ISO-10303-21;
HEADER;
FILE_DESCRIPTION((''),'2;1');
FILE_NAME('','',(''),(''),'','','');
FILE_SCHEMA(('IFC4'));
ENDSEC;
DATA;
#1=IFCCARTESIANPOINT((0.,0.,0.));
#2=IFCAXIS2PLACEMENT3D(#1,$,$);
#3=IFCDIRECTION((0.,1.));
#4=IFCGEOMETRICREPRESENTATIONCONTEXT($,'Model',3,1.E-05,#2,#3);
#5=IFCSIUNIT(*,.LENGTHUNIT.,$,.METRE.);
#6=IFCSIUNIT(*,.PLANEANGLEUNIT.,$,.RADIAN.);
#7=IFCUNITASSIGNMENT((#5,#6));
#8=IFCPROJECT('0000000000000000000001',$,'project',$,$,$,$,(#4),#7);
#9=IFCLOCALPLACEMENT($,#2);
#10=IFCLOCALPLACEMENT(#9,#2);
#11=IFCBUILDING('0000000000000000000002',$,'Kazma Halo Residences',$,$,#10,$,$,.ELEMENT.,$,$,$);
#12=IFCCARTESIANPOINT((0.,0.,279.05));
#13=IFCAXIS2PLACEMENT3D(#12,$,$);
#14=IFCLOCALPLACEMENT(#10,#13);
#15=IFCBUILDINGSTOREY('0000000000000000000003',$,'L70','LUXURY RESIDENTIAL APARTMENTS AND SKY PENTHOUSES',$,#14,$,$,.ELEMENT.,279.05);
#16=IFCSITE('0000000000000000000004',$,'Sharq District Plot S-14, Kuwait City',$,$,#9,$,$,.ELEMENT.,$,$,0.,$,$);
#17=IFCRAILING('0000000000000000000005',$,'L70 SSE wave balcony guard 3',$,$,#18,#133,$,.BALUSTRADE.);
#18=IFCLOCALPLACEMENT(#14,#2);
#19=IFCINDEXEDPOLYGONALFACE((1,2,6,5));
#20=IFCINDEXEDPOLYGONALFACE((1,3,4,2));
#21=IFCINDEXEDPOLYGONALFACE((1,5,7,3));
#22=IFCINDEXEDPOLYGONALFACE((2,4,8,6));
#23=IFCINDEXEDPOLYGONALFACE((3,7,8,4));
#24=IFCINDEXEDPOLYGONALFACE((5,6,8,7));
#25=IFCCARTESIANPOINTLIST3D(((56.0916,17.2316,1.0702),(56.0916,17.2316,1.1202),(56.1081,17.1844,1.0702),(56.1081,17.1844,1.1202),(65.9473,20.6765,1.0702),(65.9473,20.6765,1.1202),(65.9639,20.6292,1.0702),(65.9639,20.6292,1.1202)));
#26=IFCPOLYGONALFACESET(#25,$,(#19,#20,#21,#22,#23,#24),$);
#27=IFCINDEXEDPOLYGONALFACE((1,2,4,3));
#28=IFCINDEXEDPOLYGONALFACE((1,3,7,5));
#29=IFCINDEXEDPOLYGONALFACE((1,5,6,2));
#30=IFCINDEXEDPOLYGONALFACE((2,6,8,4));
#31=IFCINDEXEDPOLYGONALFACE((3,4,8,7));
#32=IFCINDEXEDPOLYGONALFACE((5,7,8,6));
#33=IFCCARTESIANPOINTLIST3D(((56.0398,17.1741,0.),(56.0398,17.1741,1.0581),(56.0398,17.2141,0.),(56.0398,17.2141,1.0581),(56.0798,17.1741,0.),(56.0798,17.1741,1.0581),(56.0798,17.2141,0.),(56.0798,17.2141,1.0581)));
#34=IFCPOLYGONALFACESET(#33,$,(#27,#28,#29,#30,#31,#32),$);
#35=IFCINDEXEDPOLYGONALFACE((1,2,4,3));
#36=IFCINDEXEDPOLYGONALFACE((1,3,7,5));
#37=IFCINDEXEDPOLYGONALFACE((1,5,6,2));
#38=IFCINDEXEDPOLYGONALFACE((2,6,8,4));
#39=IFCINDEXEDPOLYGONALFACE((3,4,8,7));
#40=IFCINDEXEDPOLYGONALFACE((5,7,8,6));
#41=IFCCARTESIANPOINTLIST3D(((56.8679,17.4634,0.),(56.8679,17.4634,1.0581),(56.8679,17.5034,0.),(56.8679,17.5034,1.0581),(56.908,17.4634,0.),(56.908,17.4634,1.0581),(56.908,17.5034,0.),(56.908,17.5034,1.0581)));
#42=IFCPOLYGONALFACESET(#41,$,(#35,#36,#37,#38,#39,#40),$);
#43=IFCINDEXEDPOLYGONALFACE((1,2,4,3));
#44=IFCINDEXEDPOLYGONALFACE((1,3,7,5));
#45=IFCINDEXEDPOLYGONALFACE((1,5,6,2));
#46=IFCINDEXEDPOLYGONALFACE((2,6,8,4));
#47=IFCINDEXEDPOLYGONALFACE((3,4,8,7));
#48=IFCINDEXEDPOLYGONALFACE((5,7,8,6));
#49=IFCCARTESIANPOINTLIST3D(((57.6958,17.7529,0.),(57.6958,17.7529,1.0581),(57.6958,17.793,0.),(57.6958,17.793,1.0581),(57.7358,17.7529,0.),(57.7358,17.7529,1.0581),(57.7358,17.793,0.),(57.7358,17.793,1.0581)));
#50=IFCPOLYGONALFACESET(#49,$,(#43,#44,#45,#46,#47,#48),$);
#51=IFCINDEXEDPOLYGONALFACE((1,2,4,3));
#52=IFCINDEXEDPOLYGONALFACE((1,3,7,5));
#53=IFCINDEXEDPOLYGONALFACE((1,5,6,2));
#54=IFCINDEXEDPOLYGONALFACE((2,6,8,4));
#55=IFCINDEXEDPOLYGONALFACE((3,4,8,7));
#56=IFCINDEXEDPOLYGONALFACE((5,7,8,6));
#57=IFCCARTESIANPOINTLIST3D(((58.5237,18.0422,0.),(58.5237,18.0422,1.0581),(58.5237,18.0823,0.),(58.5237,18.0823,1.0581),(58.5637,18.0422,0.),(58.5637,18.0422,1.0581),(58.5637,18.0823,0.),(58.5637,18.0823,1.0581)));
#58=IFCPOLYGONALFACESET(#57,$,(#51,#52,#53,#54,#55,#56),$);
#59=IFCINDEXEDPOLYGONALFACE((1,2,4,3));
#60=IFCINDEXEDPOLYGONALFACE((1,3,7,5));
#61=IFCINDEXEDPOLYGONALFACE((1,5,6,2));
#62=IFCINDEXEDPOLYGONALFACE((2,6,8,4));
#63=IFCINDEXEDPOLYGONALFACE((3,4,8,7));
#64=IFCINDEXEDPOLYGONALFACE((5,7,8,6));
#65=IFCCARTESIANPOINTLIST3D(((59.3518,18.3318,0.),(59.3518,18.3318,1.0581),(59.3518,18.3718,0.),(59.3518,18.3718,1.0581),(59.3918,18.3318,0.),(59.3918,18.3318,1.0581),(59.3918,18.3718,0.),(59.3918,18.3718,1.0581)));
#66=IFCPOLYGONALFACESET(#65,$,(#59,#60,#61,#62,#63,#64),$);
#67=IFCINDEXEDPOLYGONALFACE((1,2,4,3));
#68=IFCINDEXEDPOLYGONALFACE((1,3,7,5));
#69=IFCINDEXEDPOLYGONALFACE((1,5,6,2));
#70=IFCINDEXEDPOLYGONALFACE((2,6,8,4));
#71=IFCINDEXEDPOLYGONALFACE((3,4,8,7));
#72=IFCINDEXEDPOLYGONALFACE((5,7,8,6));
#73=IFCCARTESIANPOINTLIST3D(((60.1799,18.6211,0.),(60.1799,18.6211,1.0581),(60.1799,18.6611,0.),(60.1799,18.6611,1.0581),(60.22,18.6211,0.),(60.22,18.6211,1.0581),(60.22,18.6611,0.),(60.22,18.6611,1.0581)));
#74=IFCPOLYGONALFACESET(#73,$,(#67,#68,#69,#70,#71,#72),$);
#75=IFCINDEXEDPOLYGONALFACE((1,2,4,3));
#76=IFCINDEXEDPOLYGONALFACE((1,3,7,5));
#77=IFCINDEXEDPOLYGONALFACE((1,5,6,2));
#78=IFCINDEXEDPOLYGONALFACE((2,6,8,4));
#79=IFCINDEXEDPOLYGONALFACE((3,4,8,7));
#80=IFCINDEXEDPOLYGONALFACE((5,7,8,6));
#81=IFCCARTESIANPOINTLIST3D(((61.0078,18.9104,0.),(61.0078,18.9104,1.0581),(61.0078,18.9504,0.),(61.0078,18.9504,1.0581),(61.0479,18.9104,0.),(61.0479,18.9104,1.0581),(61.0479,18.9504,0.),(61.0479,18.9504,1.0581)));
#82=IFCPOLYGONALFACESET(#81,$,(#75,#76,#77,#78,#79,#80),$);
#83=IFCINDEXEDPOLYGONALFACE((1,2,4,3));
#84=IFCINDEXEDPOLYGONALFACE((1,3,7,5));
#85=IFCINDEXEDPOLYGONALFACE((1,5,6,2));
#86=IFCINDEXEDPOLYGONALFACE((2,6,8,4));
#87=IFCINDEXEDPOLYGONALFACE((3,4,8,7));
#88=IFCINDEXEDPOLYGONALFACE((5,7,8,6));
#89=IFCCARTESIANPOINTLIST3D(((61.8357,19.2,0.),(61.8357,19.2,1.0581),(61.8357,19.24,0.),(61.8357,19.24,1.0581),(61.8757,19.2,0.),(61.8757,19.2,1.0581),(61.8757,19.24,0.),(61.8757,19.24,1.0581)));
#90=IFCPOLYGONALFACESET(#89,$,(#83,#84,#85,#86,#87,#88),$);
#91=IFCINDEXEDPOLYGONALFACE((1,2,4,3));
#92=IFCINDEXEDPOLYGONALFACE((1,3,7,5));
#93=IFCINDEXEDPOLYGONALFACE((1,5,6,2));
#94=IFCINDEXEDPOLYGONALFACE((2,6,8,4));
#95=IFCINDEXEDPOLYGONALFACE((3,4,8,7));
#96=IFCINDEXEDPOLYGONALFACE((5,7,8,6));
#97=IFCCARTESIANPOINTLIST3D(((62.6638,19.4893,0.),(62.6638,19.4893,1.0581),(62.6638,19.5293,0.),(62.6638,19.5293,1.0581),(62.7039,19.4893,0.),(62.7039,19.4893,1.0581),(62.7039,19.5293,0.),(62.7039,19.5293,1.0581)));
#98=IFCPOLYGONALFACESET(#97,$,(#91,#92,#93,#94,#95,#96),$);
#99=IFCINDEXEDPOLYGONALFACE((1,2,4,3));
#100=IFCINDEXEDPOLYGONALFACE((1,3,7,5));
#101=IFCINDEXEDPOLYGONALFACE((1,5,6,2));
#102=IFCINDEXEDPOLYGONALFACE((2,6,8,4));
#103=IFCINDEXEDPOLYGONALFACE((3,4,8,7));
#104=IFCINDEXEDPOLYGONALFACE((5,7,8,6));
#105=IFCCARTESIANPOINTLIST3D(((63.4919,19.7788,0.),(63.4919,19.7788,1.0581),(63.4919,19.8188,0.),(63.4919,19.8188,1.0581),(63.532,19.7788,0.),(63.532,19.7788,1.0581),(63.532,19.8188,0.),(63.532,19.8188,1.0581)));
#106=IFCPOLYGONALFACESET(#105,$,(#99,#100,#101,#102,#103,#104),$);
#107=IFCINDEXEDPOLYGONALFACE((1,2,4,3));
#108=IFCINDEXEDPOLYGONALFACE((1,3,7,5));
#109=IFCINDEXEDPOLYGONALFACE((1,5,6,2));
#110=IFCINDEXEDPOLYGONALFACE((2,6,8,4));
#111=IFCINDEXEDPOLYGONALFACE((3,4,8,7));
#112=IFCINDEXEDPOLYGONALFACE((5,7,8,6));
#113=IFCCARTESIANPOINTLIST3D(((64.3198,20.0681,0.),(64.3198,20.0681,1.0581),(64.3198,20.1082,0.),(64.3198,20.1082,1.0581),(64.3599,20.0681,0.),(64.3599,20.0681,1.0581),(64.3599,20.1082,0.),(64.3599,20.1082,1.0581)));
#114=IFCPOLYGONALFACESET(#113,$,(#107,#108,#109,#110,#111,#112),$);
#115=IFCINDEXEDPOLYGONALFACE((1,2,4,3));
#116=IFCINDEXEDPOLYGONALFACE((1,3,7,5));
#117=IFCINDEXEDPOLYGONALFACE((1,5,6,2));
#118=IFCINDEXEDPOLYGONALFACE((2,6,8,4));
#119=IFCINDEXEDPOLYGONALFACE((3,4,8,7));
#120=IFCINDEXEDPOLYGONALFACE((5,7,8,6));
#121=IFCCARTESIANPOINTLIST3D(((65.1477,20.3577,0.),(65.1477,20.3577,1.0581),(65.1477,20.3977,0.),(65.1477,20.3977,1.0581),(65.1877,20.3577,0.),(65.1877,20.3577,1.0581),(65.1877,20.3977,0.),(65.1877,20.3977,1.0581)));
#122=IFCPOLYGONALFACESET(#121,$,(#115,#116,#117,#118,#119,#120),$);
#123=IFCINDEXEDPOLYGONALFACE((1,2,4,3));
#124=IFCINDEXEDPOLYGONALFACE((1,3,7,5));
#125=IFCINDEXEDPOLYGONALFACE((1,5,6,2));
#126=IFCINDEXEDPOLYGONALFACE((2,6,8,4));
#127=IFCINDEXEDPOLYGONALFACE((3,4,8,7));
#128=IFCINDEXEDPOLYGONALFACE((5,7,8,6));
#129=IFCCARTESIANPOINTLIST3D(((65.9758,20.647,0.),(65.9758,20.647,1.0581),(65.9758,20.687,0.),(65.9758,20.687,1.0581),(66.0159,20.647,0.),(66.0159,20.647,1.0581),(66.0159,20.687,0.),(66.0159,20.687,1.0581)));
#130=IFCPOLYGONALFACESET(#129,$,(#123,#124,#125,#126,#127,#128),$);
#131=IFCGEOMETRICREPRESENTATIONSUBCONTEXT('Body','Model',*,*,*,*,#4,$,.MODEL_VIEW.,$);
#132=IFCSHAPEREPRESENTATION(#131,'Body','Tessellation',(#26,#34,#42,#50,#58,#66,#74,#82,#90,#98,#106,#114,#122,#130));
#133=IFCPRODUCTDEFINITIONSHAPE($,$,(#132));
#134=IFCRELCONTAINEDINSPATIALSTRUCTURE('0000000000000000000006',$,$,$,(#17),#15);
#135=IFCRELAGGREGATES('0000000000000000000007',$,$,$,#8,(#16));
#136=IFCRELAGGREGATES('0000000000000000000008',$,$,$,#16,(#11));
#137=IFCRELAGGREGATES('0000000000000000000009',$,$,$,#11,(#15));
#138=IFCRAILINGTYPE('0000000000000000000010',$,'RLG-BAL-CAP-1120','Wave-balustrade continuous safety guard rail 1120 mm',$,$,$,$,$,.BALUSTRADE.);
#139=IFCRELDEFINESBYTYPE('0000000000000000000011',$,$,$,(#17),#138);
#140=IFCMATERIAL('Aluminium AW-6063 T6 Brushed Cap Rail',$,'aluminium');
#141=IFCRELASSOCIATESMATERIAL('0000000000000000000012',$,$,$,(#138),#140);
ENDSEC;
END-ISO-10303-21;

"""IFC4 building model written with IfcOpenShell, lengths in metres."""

from ifc_helpers import new_model, si_unit, direction, frame, origin, origin_2d, place, context, subcontext, project, spatial, rectangle, extrude, material, type_object, element, save


model = new_model("IFC4")

# Units and contexts
model_context = context("Model", 3, precision=1e-05, world=origin(), true_north=direction((0.0, 1.0)))
body_context = subcontext(model_context, "Body", "Model", "MODEL_VIEW")
ifc_project = project(units=[si_unit("LENGTHUNIT", "METRE"), si_unit("PLANEANGLEUNIT", "RADIAN")], contexts=[model_context])

# Site, building, storey
site_placement = place(None, origin())
site = spatial("IfcSite", under=ifc_project, at=site_placement, Name="Sharq District Plot S-14, Kuwait City", CompositionType="ELEMENT", RefElevation=0.0)
building_placement = place(site_placement, origin())
building = spatial("IfcBuilding", under=site, at=building_placement, Name="Kazma Halo Residences", CompositionType="ELEMENT")
storey_placement = place(building_placement, frame((0.0, 0.0, 279.05)))
storey = spatial("IfcBuildingStorey", under=building, at=storey_placement, Name="L70", Description="LUXURY RESIDENTIAL APARTMENTS AND SKY PENTHOUSES", CompositionType="ELEMENT", Elevation=279.05)

# Railing
ifc_material_1 = material(Name="Aluminium AW-6063 T6 Brushed Cap Rail", Category="aluminium")
railing_type = type_object("IfcRailingType", Name="RLG-BAL-CAP-1120", Description="Wave-balustrade continuous safety guard rail 1120 mm", PredefinedType="BALUSTRADE", material=ifc_material_1)
railing_placement = place(storey_placement, frame((56.0598, 17.1941, 0.0)))
element("IfcRailing", 1, at=railing_placement, inside=storey, type_object=railing_type, Name="L70 SSE wave balcony guard 3", PredefinedType="BALUSTRADE", context=body_context, shape_type="SweptSolid", body=[
    extrude(rectangle(XDim=0.05, YDim=0.05, at=origin_2d()), frame((0.04, 0.0139, 1.0952), z_axis=(0.943998, 0.329952, 0.0), x_axis=(-0.329952, 0.943998, 0.0)), (0.0, 0.0, 1.0), 10.4404),
    extrude(rectangle(XDim=0.04, YDim=0.04, at=origin_2d()), origin(), (0.0, 0.0, 1.0), 1.0581),
    extrude(rectangle(XDim=0.04, YDim=0.04, at=origin_2d()), frame((0.8281, 0.2893, 0.0)), (0.0, 0.0, 1.0), 1.0581),
    extrude(rectangle(XDim=0.04, YDim=0.04, at=origin_2d()), frame((1.656, 0.5789, 0.0)), (0.0, 0.0, 1.0), 1.0581),
    extrude(rectangle(XDim=0.04, YDim=0.04, at=origin_2d()), frame((2.4839, 0.8682, 0.0)), (0.0, 0.0, 1.0), 1.0581),
    extrude(rectangle(XDim=0.04, YDim=0.04, at=origin_2d()), frame((3.312, 1.1577, 0.0)), (0.0, 0.0, 1.0), 1.0581),
    extrude(rectangle(XDim=0.04, YDim=0.04, at=origin_2d()), frame((4.1401, 1.447, 0.0)), (0.0, 0.0, 1.0), 1.0581),
    extrude(rectangle(XDim=0.04, YDim=0.04, at=origin_2d()), frame((4.968, 1.7363, 0.0)), (0.0, 0.0, 1.0), 1.0581),
    extrude(rectangle(XDim=0.04, YDim=0.04, at=origin_2d()), frame((5.7959, 2.0259, 0.0)), (0.0, 0.0, 1.0), 1.0581),
    extrude(rectangle(XDim=0.04, YDim=0.04, at=origin_2d()), frame((6.624, 2.3152, 0.0)), (0.0, 0.0, 1.0), 1.0581),
    extrude(rectangle(XDim=0.04, YDim=0.04, at=origin_2d()), frame((7.4521, 2.6047, 0.0)), (0.0, 0.0, 1.0), 1.0581),
    extrude(rectangle(XDim=0.04, YDim=0.04, at=origin_2d()), frame((8.28, 2.894, 0.0)), (0.0, 0.0, 1.0), 1.0581),
    extrude(rectangle(XDim=0.04, YDim=0.04, at=origin_2d()), frame((9.1079, 3.1836, 0.0)), (0.0, 0.0, 1.0), 1.0581),
    extrude(rectangle(XDim=0.04, YDim=0.04, at=origin_2d()), frame((9.936, 3.4729, 0.0)), (0.0, 0.0, 1.0), 1.0581),
])

save(model, "model.ifc")
